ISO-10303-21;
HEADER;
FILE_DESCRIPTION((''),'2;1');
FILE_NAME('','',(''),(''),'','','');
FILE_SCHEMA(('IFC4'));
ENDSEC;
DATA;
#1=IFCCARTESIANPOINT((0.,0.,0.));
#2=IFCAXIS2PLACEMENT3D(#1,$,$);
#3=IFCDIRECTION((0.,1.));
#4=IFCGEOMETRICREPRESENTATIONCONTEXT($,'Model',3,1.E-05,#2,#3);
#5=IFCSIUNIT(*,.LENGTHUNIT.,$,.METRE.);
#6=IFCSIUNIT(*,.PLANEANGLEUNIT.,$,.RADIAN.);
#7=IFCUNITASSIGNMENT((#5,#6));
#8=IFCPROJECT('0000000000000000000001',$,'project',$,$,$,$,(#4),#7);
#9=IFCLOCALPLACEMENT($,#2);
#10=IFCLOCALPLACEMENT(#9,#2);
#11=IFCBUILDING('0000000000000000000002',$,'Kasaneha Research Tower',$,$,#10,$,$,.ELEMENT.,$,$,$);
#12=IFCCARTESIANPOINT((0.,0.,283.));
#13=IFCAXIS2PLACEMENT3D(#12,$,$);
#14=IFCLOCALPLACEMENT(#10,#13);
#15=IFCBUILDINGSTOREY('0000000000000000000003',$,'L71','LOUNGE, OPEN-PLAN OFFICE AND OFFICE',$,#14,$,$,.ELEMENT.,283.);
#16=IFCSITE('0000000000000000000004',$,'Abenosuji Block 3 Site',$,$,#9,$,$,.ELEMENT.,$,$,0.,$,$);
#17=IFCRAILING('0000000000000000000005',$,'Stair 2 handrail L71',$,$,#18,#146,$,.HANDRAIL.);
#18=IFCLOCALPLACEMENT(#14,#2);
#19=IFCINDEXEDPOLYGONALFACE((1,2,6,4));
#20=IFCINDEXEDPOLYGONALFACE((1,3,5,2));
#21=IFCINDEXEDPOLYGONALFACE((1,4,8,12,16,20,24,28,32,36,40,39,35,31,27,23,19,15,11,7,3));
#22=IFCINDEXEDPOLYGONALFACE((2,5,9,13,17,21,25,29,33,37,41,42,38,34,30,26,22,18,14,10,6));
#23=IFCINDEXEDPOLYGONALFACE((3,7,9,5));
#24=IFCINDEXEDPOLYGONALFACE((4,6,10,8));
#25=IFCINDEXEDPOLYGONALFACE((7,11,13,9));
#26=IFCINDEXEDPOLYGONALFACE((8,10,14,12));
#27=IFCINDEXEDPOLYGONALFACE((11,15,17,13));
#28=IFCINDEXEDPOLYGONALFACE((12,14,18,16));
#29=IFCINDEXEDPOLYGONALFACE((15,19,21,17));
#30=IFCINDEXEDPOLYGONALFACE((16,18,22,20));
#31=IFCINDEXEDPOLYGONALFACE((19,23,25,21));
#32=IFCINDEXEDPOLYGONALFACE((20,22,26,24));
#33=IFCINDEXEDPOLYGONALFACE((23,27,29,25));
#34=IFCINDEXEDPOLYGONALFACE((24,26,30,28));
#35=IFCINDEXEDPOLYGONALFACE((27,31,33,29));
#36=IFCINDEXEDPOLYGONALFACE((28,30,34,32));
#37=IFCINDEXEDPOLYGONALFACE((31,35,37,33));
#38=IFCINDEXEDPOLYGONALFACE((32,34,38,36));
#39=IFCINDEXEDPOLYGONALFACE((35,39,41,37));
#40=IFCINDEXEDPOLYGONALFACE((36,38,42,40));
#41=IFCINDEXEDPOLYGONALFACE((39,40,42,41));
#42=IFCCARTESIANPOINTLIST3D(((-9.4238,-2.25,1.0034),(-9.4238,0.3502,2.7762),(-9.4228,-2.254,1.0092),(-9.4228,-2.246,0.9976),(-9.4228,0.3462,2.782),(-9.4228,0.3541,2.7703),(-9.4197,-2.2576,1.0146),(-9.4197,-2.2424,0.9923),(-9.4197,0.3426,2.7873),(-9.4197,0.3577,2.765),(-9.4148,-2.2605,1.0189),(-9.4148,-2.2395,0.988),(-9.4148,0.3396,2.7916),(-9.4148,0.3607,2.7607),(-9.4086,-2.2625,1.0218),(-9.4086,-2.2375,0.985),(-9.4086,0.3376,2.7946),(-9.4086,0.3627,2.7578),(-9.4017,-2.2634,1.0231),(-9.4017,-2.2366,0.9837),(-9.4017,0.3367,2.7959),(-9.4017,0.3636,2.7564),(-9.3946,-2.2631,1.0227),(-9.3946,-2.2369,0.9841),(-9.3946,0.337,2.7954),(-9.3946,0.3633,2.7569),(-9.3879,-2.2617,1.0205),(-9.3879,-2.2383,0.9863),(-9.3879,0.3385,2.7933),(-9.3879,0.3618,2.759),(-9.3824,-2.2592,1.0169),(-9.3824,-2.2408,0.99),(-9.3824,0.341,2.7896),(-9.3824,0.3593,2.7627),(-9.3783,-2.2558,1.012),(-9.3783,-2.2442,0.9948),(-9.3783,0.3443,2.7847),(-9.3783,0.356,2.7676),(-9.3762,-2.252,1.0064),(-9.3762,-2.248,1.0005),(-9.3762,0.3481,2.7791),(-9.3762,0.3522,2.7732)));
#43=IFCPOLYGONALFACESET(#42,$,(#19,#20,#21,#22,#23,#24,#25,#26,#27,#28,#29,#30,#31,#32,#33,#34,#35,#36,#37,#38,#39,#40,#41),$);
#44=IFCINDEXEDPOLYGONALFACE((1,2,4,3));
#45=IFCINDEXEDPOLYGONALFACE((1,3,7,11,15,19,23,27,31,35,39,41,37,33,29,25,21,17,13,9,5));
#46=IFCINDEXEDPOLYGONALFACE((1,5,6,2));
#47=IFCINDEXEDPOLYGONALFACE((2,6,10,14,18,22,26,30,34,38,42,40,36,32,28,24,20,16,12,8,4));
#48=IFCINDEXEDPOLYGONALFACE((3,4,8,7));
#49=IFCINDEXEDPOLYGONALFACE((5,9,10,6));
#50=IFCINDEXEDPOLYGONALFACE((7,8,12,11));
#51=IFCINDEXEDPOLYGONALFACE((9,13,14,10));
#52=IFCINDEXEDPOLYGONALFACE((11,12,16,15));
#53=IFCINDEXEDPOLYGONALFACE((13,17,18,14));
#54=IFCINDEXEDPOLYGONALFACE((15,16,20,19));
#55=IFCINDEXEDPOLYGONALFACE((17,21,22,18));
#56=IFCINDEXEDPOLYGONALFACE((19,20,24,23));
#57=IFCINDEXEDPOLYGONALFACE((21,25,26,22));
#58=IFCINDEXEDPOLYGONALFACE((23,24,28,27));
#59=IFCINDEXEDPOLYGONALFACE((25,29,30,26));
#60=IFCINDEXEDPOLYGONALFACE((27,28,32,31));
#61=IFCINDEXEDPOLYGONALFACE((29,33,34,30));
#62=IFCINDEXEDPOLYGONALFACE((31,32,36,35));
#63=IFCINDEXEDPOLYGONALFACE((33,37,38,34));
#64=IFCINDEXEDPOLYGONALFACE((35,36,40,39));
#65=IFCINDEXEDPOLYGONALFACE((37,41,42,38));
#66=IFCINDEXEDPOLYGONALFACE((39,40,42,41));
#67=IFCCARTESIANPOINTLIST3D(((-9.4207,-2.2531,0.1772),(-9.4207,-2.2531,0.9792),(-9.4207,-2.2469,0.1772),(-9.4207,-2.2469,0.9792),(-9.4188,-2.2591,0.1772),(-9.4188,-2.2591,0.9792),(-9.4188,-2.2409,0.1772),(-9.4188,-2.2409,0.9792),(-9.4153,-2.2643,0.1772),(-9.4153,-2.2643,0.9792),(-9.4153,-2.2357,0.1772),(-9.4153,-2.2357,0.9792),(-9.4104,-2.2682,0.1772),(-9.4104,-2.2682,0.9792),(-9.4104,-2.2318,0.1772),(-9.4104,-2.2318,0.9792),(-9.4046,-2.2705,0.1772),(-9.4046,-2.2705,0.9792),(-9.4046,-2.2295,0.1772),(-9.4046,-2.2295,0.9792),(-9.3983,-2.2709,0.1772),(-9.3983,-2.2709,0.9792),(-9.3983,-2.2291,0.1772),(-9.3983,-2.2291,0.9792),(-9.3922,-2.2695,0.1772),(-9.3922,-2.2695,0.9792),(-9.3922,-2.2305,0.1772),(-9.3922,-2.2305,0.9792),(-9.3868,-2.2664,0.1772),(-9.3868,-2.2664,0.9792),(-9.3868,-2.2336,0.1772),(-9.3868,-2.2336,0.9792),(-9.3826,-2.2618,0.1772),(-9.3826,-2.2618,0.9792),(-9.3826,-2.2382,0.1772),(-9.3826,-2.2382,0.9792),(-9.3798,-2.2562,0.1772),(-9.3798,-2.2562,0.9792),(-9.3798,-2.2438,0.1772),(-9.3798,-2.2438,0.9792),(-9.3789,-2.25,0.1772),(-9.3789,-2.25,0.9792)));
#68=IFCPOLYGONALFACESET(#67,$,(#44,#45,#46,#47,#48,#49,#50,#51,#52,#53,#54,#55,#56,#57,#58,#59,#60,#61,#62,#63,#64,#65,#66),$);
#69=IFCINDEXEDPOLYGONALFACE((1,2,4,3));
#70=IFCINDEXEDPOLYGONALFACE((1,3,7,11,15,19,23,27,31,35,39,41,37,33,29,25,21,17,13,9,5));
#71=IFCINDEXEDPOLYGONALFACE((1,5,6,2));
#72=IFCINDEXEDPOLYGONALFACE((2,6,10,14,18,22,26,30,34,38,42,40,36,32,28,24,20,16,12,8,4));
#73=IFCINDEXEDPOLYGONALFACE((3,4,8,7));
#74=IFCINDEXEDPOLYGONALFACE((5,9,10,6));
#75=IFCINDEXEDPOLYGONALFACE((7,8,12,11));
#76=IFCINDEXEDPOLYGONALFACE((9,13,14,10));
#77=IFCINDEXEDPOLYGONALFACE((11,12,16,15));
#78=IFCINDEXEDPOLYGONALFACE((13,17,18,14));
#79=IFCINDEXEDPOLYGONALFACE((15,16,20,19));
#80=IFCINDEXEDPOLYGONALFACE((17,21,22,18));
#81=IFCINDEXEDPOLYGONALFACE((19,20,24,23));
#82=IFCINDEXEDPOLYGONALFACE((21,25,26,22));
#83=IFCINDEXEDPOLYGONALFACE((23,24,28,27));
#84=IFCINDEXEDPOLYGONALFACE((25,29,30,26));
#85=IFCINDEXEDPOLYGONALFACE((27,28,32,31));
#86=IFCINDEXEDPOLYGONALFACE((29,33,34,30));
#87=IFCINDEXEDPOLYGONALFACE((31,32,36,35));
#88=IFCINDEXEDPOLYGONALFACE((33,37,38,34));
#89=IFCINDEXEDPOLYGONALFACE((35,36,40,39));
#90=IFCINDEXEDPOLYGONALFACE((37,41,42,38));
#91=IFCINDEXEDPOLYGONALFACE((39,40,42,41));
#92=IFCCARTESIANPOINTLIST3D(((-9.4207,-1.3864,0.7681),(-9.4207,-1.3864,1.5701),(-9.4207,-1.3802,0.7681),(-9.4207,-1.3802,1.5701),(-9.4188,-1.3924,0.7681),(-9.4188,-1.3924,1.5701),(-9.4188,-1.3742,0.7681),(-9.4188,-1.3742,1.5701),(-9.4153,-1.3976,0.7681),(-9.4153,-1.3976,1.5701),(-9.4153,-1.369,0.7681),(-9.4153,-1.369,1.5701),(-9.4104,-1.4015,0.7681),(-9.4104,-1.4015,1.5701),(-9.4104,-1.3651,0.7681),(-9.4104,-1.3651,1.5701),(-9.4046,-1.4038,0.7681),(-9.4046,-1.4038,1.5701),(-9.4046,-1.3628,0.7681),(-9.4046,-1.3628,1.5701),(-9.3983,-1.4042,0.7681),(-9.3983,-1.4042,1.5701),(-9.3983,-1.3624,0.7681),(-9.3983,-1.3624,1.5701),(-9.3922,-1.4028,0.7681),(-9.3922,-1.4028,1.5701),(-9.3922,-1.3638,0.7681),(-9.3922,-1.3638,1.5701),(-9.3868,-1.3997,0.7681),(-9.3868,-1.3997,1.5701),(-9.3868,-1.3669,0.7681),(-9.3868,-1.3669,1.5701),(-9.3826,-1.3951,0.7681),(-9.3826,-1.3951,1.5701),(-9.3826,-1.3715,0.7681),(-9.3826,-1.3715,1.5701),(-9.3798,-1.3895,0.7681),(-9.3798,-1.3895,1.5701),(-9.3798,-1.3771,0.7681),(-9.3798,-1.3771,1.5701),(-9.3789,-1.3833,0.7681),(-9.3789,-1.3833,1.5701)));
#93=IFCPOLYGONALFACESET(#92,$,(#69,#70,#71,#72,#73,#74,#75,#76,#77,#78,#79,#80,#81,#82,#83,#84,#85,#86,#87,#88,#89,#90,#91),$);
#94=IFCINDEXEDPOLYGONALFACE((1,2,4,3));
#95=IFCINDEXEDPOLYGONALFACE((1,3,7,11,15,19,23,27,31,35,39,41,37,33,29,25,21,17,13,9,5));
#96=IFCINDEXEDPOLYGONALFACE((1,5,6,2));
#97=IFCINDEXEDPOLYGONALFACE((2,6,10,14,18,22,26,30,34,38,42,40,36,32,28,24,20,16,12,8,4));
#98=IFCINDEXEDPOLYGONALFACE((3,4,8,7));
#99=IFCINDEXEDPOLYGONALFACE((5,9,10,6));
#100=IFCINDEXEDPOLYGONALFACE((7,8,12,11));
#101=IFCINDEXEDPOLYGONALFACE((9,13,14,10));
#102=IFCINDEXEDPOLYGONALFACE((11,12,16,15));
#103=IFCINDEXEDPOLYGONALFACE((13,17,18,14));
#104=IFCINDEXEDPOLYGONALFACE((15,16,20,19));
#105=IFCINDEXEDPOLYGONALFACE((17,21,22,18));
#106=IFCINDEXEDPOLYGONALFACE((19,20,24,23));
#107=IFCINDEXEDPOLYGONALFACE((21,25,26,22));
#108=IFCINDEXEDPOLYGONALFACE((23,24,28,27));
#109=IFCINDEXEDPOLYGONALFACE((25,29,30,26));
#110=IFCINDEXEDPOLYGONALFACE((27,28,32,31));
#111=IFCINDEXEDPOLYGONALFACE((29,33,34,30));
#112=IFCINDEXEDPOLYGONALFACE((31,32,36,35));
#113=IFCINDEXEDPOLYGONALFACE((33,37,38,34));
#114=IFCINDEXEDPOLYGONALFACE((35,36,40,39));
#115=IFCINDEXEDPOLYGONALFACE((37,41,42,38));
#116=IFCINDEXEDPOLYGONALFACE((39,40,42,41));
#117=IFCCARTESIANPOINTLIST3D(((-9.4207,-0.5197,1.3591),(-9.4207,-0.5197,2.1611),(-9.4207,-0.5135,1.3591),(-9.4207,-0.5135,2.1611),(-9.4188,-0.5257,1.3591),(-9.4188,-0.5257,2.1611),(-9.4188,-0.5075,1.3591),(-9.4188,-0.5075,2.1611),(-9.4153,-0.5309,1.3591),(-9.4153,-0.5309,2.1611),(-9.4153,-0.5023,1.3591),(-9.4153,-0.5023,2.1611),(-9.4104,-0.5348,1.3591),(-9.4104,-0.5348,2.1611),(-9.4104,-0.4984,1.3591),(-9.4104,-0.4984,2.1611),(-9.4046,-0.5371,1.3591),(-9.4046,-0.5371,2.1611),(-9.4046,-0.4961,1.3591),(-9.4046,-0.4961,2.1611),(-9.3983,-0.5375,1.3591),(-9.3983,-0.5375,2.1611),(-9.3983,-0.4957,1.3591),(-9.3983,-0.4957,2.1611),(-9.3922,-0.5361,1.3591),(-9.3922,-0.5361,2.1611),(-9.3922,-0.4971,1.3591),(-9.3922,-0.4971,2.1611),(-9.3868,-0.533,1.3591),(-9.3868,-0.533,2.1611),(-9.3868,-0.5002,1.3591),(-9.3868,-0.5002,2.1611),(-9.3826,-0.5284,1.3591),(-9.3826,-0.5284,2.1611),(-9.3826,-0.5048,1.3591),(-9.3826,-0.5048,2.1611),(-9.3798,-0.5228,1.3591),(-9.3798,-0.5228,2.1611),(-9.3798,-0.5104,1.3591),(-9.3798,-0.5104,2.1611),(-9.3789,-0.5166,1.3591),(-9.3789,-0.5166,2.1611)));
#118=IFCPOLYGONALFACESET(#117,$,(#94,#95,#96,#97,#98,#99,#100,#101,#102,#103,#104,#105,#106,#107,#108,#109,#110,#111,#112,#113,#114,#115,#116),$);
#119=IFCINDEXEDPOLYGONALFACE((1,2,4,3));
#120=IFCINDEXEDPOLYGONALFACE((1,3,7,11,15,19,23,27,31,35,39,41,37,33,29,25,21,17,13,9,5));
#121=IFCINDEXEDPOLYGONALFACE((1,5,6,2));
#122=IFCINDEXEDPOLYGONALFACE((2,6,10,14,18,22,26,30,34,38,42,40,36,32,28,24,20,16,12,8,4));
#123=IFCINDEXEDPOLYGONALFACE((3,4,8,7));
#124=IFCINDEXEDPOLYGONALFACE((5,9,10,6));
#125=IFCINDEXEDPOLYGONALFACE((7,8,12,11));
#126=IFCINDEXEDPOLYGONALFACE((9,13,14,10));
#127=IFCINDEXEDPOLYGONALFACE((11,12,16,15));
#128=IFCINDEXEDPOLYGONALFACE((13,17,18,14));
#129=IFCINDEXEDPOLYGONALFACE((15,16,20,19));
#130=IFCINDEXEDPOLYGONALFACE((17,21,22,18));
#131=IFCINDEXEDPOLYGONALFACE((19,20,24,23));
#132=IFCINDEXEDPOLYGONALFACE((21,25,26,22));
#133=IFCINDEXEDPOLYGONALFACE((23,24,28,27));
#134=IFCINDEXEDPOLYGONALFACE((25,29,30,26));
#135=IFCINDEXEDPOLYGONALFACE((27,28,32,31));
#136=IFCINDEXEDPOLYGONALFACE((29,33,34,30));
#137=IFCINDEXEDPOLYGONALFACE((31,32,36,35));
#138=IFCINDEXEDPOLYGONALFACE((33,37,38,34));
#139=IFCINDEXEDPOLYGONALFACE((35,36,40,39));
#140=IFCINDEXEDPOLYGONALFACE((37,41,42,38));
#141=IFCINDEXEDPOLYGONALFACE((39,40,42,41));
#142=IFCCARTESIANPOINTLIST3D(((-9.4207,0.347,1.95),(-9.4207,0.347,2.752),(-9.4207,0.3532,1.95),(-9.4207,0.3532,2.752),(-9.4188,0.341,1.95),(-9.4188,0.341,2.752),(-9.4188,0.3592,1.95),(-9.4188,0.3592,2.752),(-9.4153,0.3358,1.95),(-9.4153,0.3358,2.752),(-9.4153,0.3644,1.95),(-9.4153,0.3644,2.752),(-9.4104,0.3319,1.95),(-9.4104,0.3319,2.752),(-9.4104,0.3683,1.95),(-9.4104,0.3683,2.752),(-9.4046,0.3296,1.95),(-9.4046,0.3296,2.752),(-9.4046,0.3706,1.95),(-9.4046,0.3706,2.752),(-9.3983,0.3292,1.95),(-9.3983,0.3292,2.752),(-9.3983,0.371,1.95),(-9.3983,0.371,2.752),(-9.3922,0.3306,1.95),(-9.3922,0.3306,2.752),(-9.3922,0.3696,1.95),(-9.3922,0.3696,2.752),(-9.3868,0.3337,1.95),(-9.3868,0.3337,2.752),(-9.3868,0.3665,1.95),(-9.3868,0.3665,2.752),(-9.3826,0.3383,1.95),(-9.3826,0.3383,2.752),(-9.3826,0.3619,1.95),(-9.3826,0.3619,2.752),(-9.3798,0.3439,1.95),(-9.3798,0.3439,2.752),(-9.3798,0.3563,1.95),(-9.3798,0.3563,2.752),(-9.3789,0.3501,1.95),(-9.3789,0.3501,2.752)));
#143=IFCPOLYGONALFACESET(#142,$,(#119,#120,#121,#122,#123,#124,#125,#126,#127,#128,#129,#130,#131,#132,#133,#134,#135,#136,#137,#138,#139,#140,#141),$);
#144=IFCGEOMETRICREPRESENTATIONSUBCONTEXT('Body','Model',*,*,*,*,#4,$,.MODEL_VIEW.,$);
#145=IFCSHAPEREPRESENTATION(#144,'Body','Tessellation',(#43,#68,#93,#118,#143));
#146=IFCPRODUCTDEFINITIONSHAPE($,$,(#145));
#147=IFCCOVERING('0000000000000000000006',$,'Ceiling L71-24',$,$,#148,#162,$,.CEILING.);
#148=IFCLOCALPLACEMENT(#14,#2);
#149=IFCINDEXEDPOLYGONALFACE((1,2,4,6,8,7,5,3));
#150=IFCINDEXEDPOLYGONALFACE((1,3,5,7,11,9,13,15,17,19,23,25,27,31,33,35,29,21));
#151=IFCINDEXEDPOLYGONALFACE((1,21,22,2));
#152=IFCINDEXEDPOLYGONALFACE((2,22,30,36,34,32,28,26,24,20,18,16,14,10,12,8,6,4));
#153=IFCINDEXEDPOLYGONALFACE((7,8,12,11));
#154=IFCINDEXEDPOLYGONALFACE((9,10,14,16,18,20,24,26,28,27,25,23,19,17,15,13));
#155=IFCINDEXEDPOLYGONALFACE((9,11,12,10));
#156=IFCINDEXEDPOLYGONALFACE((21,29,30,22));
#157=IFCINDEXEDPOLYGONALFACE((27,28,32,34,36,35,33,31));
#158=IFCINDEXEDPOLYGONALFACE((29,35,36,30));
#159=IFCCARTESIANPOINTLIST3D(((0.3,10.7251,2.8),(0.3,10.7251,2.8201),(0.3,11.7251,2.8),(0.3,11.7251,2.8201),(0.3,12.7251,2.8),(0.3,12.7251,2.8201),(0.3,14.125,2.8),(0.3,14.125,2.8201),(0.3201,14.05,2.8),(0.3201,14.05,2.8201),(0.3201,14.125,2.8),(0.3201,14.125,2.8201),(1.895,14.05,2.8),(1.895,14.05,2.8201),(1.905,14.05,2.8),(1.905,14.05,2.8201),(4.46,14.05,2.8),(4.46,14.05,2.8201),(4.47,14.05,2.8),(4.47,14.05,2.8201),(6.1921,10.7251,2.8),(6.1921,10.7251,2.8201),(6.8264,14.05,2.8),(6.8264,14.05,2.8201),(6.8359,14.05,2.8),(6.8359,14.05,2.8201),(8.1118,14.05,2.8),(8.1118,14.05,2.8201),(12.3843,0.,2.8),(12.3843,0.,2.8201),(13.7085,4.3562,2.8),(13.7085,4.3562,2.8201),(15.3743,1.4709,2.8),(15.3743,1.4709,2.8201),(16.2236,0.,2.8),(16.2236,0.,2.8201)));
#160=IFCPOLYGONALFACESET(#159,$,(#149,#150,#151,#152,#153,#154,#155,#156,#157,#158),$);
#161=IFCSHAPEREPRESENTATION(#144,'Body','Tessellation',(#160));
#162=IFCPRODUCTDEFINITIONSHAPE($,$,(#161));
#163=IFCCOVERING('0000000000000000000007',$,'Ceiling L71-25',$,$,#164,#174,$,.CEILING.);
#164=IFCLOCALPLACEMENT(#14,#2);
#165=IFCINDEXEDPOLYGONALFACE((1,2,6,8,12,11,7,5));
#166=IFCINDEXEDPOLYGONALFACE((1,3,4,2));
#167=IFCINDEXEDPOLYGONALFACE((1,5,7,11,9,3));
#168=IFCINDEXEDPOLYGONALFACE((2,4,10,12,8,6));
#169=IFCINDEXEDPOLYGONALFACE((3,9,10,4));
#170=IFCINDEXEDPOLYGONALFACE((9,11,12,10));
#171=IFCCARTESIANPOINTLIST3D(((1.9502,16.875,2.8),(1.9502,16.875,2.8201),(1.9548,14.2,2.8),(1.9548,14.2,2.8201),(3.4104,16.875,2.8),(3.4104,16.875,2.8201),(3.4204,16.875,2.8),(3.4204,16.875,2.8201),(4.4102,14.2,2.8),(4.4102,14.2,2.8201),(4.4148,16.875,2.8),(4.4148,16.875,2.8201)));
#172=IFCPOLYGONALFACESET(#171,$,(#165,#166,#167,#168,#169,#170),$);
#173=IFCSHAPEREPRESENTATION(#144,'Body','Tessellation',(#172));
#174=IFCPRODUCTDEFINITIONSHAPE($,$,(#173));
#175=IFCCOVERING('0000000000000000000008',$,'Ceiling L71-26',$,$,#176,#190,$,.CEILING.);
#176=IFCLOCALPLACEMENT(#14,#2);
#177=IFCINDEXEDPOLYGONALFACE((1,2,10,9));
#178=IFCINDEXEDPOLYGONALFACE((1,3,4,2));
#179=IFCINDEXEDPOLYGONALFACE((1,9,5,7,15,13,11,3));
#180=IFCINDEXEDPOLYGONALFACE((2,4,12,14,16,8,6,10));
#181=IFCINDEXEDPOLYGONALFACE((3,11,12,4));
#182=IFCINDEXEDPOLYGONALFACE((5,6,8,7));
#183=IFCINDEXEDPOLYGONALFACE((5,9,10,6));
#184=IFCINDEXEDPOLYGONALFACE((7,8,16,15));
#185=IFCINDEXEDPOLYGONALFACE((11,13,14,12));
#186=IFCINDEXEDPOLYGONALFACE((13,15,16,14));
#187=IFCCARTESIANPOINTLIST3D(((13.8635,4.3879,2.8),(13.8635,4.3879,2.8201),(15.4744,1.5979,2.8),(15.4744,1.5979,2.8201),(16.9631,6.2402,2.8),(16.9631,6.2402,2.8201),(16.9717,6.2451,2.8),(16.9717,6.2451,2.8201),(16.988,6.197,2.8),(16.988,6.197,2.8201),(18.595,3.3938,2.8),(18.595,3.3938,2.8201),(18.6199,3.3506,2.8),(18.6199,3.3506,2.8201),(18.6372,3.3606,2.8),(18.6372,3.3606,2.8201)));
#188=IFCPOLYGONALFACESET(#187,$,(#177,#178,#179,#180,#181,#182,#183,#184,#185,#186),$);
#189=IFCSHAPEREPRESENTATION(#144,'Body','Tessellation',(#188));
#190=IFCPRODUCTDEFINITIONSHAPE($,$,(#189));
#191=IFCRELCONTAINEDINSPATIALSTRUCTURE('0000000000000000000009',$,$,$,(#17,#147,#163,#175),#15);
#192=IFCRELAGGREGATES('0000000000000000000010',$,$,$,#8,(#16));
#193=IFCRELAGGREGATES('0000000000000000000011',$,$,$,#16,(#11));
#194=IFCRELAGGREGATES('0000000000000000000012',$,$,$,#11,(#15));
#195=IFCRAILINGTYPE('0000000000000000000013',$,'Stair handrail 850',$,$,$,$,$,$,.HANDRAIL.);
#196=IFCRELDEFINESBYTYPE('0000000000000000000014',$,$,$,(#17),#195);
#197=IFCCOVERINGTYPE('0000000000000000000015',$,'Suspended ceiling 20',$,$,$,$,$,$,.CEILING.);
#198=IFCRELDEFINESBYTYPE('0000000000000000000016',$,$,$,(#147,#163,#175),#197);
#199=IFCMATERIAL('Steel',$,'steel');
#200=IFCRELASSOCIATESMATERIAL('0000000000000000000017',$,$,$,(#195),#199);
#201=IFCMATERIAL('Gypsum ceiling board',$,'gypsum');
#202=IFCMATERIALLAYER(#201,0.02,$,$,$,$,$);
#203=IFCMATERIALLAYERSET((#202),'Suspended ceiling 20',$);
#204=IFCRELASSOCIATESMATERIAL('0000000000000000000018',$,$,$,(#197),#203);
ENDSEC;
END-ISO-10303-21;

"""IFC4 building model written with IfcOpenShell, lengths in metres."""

from ifc_helpers import new_model, si_unit, direction, frame, origin, origin_2d, place, context, subcontext, project, spatial, polyline, circle, outline, extrude, material, layer, layer_set, type_object, element, save


model = new_model("IFC4")

# Units and contexts
model_context = context("Model", 3, precision=1e-05, world=origin(), true_north=direction((0.0, 1.0)))
body_context = subcontext(model_context, "Body", "Model", "MODEL_VIEW")
ifc_project = project(units=[si_unit("LENGTHUNIT", "METRE"), si_unit("PLANEANGLEUNIT", "RADIAN")], contexts=[model_context])

# Site, building, storey
site_placement = place(None, origin())
site = spatial("IfcSite", under=ifc_project, at=site_placement, Name="Abenosuji Block 3 Site", CompositionType="ELEMENT", RefElevation=0.0)
building_placement = place(site_placement, origin())
building = spatial("IfcBuilding", under=site, at=building_placement, Name="Kasaneha Research Tower", CompositionType="ELEMENT")
storey_placement = place(building_placement, frame((0.0, 0.0, 283.0)))
storey = spatial("IfcBuildingStorey", under=building, at=storey_placement, Name="L71", Description="LOUNGE, OPEN-PLAN OFFICE AND OFFICE", CompositionType="ELEMENT", Elevation=283.0)

# Railing
ifc_material_1 = material(Name="Steel", Category="steel")
railing_type = type_object("IfcRailingType", Name="Stair handrail 850", PredefinedType="HANDRAIL", material=ifc_material_1)
railing_placement = place(storey_placement, frame((-9.3999, -2.25, 0.1772)))
element("IfcRailing", 1, at=railing_placement, inside=storey, type_object=railing_type, Name="Stair 2 handrail L71", PredefinedType="HANDRAIL", context=body_context, shape_type="SweptSolid", body=[
    extrude(circle(Radius=0.0239, at=origin_2d()), frame((0.0, 0.0, 0.8262), z_axis=(0.0, 0.82624, 0.563318), x_axis=(-1.0, 0.0, 0.0)), (0.0, 0.0, 1.0), 3.147),
    extrude(circle(Radius=0.021, at=origin_2d()), origin(), (0.0, 0.0, 1.0), 0.802),
    extrude(circle(Radius=0.021, at=origin_2d()), frame((0.0, 0.8667, 0.5908)), (0.0, 0.0, 1.0), 0.802),
    extrude(circle(Radius=0.021, at=origin_2d()), frame((0.0, 1.7334, 1.1819)), (0.0, 0.0, 1.0), 0.802),
    extrude(circle(Radius=0.021, at=origin_2d()), frame((0.0, 2.6001, 1.7727)), (0.0, 0.0, 1.0), 0.802),
])

# Coverings
ifc_material_2 = material(Name="Gypsum ceiling board", Category="gypsum")
ifc_layer_1 = layer(ifc_material_2, 0.02)
ifc_layer_set_1 = layer_set([ifc_layer_1], Name="Suspended ceiling 20")
covering_type_1 = type_object("IfcCoveringType", Name="Suspended ceiling 20", PredefinedType="CEILING", material=ifc_layer_set_1)
covering_1_placement = place(storey_placement, frame((0.0, 0.0, 2.8)))
element("IfcCovering", 2, at=covering_1_placement, inside=storey, type_object=covering_type_1, Name="Ceiling L71-24", PredefinedType="CEILING", context=body_context, shape_type="SweptSolid", body=[
    extrude(outline(polyline([(6.1921, 10.7251), (0.3, 10.7251), (0.3, 11.7251), (0.3, 12.7251), (0.3, 14.125), (0.3201, 14.125), (0.3201, 14.05), (1.895, 14.05), (1.905, 14.05), (4.46, 14.05), (4.47, 14.05), (6.8264, 14.05), (6.8359, 14.05), (8.1118, 14.05), (13.7085, 4.3562), (13.7085, 4.3562), (15.3743, 1.4709), (15.3743, 1.4709), (16.2236, 0.0), (12.3843, 0.0), (6.1921, 10.7251)])), origin(), (0.0, 0.0, 1.0), 0.02),
])
covering_2_placement = place(storey_placement, frame((0.0, 0.0, 2.8)))
element("IfcCovering", 3, at=covering_2_placement, inside=storey, type_object=covering_type_1, Name="Ceiling L71-25", PredefinedType="CEILING", context=body_context, shape_type="SweptSolid", body=[
    extrude(outline(polyline([(4.4102, 14.2), (1.9548, 14.2), (1.9502, 16.875), (3.4104, 16.875), (3.4204, 16.875), (4.4148, 16.875), (4.4102, 14.2)])), origin(), (0.0, 0.0, 1.0), 0.02),
])
covering_3_placement = place(storey_placement, frame((0.0, 0.0, 2.8)))
element("IfcCovering", 4, at=covering_3_placement, inside=storey, type_object=covering_type_1, Name="Ceiling L71-26", PredefinedType="CEILING", context=body_context, shape_type="SweptSolid", body=[
    extrude(outline(polyline([(18.6199, 3.3506), (18.595, 3.3938), (15.4744, 1.5979), (13.8635, 4.3879), (16.988, 6.197), (16.9631, 6.2402), (16.9717, 6.2451), (18.6372, 3.3606), (18.6199, 3.3506)])), origin(), (0.0, 0.0, 1.0), 0.02),
])

save(model, "model.ifc")
